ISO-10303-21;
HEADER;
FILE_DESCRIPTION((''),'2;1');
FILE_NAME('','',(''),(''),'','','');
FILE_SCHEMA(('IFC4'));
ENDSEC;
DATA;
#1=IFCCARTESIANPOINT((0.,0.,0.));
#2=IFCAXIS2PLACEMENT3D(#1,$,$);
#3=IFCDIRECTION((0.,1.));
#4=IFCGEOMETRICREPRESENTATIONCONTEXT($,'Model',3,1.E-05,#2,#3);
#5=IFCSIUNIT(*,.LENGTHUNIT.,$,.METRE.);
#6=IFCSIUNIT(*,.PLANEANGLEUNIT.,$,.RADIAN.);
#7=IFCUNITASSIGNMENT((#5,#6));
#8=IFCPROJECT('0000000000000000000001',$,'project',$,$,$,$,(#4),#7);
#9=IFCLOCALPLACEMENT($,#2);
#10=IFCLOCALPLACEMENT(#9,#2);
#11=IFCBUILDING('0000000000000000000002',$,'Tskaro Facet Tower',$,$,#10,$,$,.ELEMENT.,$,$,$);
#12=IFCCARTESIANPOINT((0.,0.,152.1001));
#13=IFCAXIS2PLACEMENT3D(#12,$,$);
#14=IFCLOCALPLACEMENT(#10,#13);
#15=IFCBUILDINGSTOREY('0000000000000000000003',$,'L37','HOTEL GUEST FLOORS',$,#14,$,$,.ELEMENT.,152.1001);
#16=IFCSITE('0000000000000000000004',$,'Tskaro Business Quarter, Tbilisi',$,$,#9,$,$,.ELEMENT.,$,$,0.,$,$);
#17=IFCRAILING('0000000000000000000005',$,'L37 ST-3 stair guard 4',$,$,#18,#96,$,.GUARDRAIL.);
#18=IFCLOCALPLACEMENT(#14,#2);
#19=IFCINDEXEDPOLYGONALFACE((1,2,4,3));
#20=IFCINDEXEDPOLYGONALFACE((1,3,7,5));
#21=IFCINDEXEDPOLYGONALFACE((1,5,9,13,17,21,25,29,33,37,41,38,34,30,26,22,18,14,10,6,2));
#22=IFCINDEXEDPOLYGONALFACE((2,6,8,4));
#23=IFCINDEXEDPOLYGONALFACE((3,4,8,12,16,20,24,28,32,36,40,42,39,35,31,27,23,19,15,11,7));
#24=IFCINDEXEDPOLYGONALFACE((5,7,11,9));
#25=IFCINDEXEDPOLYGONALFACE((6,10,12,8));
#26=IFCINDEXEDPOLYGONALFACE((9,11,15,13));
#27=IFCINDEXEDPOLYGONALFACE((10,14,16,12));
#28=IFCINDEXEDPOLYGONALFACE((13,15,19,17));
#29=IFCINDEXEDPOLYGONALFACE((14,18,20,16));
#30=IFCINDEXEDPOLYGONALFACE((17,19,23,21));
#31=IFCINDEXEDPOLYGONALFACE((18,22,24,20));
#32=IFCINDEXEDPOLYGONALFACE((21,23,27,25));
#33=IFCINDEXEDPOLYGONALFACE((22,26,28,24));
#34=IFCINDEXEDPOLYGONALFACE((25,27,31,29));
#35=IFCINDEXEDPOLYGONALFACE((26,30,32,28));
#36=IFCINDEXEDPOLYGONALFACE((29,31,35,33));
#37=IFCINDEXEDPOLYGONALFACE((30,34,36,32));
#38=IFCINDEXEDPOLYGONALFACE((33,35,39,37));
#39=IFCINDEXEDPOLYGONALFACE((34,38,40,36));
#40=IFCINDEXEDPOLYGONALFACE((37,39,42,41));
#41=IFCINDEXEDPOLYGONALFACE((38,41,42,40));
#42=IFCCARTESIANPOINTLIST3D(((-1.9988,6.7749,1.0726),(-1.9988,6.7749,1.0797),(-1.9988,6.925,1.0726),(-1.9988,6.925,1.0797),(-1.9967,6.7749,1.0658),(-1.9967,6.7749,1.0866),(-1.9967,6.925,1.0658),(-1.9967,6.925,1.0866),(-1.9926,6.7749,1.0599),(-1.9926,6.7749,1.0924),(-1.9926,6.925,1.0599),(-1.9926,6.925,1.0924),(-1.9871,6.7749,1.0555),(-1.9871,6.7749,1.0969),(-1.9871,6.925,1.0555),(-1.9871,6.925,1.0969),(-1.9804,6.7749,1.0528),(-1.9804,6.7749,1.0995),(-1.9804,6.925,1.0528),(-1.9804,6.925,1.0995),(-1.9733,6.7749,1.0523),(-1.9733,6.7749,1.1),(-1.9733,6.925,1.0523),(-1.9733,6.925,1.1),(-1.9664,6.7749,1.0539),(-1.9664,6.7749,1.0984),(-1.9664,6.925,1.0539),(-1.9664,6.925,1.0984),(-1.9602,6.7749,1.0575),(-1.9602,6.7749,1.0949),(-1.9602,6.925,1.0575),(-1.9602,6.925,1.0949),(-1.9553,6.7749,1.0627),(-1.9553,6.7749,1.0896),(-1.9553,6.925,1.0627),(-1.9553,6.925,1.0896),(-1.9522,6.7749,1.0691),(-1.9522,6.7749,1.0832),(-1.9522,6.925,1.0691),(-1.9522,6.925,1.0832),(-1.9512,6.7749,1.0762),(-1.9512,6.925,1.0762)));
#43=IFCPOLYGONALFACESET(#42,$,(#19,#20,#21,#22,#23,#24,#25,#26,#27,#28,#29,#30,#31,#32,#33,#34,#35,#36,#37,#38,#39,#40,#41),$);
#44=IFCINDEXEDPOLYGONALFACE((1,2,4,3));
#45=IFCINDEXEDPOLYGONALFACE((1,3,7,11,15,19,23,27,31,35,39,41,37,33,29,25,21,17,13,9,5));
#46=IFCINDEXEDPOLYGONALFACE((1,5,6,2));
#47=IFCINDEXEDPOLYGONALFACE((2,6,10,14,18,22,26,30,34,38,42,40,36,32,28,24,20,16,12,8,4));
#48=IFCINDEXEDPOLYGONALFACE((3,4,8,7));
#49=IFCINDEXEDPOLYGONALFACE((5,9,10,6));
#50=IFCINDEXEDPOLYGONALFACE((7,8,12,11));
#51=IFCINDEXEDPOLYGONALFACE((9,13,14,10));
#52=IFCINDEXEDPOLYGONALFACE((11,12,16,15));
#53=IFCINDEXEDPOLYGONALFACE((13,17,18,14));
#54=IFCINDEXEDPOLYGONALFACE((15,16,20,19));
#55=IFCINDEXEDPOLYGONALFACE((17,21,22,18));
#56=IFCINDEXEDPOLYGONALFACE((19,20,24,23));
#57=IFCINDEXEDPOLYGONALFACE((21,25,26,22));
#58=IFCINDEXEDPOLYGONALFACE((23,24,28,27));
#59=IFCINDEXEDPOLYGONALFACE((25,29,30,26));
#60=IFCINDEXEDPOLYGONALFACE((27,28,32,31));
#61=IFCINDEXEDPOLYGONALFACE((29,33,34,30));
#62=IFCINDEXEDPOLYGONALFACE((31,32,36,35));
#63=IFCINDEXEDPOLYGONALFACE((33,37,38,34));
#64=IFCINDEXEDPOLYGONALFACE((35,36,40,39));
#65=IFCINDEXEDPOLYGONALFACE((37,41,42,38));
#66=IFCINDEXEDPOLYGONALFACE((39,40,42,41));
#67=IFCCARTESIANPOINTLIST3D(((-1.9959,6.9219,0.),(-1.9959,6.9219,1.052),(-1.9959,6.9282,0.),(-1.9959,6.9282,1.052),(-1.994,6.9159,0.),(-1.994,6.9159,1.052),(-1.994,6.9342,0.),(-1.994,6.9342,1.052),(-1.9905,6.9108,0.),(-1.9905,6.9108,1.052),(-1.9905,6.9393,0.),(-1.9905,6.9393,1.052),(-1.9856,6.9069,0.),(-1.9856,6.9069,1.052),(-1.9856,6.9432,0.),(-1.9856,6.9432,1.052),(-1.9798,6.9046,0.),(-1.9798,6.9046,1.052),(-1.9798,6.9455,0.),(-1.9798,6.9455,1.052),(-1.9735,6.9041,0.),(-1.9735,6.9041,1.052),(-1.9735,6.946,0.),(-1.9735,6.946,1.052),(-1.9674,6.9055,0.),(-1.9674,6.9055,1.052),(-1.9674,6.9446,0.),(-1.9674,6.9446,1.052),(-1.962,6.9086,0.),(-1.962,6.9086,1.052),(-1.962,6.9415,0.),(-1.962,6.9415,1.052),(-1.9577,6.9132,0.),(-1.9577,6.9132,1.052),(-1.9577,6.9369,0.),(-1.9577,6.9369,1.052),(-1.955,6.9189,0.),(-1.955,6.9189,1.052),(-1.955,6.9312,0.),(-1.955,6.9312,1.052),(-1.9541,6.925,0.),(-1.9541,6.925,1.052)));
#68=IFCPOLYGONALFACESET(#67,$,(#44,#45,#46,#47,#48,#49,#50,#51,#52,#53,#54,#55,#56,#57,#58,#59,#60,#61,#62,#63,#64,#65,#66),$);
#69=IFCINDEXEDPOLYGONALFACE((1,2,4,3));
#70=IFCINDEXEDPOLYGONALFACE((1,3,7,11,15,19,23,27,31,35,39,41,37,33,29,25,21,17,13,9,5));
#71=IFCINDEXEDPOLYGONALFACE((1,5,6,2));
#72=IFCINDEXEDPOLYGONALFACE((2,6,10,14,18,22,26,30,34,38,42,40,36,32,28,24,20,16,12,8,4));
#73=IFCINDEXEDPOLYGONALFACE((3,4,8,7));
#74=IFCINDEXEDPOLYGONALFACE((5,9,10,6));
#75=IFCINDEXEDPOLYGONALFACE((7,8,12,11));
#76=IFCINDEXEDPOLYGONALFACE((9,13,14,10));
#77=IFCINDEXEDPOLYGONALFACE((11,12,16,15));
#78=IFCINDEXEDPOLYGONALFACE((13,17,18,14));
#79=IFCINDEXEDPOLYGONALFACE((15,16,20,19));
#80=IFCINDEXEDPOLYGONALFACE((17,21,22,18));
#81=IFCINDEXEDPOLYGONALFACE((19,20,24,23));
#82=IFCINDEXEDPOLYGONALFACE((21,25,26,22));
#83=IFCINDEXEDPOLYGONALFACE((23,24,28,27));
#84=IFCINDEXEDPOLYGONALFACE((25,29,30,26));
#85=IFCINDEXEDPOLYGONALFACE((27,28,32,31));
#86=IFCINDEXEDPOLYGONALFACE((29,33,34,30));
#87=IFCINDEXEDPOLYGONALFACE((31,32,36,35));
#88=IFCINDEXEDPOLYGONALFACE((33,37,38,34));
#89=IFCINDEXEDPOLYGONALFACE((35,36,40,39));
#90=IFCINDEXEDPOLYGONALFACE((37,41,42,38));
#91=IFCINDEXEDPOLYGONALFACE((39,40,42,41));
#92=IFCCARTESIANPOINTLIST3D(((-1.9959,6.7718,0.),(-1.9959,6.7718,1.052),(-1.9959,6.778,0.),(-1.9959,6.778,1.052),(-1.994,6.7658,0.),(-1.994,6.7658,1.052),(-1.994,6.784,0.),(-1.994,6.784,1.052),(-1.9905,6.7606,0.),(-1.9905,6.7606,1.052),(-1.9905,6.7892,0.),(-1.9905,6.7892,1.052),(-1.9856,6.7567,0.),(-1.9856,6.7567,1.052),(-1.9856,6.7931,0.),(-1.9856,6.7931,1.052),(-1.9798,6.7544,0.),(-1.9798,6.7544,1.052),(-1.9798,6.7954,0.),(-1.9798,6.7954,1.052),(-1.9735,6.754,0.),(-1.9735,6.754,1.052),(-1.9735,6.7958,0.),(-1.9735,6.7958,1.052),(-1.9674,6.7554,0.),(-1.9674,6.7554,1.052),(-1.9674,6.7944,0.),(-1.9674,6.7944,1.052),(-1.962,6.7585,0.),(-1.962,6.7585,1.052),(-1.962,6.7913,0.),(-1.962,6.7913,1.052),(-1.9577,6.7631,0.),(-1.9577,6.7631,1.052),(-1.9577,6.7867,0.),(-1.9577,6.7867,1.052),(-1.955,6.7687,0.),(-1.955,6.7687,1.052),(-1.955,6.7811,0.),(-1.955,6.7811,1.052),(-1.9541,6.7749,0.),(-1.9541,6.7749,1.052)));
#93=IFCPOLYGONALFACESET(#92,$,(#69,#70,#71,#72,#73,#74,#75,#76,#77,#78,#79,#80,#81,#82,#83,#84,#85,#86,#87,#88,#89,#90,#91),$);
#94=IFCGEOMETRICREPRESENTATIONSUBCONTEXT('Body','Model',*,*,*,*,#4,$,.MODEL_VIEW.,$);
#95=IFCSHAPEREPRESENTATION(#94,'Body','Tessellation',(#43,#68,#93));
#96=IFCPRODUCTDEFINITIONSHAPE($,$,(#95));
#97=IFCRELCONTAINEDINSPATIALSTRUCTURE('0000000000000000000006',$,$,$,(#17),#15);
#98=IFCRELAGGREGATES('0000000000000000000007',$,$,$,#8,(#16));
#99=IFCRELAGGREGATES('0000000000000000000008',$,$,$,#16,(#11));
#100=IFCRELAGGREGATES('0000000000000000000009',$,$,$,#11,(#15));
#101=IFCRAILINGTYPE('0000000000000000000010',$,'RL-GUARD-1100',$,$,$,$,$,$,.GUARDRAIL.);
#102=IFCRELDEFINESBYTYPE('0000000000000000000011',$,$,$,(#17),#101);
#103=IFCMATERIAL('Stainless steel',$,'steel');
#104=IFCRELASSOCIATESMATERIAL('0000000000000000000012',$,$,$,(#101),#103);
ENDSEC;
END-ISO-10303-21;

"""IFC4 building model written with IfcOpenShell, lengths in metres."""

from ifc_helpers import new_model, si_unit, direction, frame, origin, origin_2d, place, context, subcontext, project, spatial, circle, extrude, material, type_object, element, save


model = new_model("IFC4")

# Units and contexts
model_context = context("Model", 3, precision=1e-05, world=origin(), true_north=direction((0.0, 1.0)))
body_context = subcontext(model_context, "Body", "Model", "MODEL_VIEW")
ifc_project = project(units=[si_unit("LENGTHUNIT", "METRE"), si_unit("PLANEANGLEUNIT", "RADIAN")], contexts=[model_context])

# Site, building, storey
site_placement = place(None, origin())
site = spatial("IfcSite", under=ifc_project, at=site_placement, Name="Tskaro Business Quarter, Tbilisi", CompositionType="ELEMENT", RefElevation=0.0)
building_placement = place(site_placement, origin())
building = spatial("IfcBuilding", under=site, at=building_placement, Name="Tskaro Facet Tower", CompositionType="ELEMENT")
storey_placement = place(building_placement, frame((0.0, 0.0, 152.1001)))
storey = spatial("IfcBuildingStorey", under=building, at=storey_placement, Name="L37", Description="HOTEL GUEST FLOORS", CompositionType="ELEMENT", Elevation=152.1001)

# Railing
ifc_material_1 = material(Name="Stainless steel", Category="steel")
railing_type_1 = type_object("IfcRailingType", Name="RL-GUARD-1100", PredefinedType="GUARDRAIL", material=ifc_material_1)
railing_1_placement = place(storey_placement, frame((-1.9751, 6.925, 0.0)))
element("IfcRailing", 1, at=railing_1_placement, inside=storey, type_object=railing_type_1, Name="L37 ST-3 stair guard 4", PredefinedType="GUARDRAIL", context=body_context, shape_type="SweptSolid", body=[
    extrude(circle(Radius=0.0239, at=origin_2d()), frame((0.0, 0.0, 1.0762), z_axis=(0.0, -1.0, 0.0), x_axis=(1.0, 0.0, 0.0)), (0.0, 0.0, 1.0), 0.1501),
    extrude(circle(Radius=0.021, at=origin_2d()), origin(), (0.0, 0.0, 1.0), 1.052),
    extrude(circle(Radius=0.021, at=origin_2d()), frame((0.0, -0.1501, 0.0)), (0.0, 0.0, 1.0), 1.052),
])

save(model, "model.ifc")
